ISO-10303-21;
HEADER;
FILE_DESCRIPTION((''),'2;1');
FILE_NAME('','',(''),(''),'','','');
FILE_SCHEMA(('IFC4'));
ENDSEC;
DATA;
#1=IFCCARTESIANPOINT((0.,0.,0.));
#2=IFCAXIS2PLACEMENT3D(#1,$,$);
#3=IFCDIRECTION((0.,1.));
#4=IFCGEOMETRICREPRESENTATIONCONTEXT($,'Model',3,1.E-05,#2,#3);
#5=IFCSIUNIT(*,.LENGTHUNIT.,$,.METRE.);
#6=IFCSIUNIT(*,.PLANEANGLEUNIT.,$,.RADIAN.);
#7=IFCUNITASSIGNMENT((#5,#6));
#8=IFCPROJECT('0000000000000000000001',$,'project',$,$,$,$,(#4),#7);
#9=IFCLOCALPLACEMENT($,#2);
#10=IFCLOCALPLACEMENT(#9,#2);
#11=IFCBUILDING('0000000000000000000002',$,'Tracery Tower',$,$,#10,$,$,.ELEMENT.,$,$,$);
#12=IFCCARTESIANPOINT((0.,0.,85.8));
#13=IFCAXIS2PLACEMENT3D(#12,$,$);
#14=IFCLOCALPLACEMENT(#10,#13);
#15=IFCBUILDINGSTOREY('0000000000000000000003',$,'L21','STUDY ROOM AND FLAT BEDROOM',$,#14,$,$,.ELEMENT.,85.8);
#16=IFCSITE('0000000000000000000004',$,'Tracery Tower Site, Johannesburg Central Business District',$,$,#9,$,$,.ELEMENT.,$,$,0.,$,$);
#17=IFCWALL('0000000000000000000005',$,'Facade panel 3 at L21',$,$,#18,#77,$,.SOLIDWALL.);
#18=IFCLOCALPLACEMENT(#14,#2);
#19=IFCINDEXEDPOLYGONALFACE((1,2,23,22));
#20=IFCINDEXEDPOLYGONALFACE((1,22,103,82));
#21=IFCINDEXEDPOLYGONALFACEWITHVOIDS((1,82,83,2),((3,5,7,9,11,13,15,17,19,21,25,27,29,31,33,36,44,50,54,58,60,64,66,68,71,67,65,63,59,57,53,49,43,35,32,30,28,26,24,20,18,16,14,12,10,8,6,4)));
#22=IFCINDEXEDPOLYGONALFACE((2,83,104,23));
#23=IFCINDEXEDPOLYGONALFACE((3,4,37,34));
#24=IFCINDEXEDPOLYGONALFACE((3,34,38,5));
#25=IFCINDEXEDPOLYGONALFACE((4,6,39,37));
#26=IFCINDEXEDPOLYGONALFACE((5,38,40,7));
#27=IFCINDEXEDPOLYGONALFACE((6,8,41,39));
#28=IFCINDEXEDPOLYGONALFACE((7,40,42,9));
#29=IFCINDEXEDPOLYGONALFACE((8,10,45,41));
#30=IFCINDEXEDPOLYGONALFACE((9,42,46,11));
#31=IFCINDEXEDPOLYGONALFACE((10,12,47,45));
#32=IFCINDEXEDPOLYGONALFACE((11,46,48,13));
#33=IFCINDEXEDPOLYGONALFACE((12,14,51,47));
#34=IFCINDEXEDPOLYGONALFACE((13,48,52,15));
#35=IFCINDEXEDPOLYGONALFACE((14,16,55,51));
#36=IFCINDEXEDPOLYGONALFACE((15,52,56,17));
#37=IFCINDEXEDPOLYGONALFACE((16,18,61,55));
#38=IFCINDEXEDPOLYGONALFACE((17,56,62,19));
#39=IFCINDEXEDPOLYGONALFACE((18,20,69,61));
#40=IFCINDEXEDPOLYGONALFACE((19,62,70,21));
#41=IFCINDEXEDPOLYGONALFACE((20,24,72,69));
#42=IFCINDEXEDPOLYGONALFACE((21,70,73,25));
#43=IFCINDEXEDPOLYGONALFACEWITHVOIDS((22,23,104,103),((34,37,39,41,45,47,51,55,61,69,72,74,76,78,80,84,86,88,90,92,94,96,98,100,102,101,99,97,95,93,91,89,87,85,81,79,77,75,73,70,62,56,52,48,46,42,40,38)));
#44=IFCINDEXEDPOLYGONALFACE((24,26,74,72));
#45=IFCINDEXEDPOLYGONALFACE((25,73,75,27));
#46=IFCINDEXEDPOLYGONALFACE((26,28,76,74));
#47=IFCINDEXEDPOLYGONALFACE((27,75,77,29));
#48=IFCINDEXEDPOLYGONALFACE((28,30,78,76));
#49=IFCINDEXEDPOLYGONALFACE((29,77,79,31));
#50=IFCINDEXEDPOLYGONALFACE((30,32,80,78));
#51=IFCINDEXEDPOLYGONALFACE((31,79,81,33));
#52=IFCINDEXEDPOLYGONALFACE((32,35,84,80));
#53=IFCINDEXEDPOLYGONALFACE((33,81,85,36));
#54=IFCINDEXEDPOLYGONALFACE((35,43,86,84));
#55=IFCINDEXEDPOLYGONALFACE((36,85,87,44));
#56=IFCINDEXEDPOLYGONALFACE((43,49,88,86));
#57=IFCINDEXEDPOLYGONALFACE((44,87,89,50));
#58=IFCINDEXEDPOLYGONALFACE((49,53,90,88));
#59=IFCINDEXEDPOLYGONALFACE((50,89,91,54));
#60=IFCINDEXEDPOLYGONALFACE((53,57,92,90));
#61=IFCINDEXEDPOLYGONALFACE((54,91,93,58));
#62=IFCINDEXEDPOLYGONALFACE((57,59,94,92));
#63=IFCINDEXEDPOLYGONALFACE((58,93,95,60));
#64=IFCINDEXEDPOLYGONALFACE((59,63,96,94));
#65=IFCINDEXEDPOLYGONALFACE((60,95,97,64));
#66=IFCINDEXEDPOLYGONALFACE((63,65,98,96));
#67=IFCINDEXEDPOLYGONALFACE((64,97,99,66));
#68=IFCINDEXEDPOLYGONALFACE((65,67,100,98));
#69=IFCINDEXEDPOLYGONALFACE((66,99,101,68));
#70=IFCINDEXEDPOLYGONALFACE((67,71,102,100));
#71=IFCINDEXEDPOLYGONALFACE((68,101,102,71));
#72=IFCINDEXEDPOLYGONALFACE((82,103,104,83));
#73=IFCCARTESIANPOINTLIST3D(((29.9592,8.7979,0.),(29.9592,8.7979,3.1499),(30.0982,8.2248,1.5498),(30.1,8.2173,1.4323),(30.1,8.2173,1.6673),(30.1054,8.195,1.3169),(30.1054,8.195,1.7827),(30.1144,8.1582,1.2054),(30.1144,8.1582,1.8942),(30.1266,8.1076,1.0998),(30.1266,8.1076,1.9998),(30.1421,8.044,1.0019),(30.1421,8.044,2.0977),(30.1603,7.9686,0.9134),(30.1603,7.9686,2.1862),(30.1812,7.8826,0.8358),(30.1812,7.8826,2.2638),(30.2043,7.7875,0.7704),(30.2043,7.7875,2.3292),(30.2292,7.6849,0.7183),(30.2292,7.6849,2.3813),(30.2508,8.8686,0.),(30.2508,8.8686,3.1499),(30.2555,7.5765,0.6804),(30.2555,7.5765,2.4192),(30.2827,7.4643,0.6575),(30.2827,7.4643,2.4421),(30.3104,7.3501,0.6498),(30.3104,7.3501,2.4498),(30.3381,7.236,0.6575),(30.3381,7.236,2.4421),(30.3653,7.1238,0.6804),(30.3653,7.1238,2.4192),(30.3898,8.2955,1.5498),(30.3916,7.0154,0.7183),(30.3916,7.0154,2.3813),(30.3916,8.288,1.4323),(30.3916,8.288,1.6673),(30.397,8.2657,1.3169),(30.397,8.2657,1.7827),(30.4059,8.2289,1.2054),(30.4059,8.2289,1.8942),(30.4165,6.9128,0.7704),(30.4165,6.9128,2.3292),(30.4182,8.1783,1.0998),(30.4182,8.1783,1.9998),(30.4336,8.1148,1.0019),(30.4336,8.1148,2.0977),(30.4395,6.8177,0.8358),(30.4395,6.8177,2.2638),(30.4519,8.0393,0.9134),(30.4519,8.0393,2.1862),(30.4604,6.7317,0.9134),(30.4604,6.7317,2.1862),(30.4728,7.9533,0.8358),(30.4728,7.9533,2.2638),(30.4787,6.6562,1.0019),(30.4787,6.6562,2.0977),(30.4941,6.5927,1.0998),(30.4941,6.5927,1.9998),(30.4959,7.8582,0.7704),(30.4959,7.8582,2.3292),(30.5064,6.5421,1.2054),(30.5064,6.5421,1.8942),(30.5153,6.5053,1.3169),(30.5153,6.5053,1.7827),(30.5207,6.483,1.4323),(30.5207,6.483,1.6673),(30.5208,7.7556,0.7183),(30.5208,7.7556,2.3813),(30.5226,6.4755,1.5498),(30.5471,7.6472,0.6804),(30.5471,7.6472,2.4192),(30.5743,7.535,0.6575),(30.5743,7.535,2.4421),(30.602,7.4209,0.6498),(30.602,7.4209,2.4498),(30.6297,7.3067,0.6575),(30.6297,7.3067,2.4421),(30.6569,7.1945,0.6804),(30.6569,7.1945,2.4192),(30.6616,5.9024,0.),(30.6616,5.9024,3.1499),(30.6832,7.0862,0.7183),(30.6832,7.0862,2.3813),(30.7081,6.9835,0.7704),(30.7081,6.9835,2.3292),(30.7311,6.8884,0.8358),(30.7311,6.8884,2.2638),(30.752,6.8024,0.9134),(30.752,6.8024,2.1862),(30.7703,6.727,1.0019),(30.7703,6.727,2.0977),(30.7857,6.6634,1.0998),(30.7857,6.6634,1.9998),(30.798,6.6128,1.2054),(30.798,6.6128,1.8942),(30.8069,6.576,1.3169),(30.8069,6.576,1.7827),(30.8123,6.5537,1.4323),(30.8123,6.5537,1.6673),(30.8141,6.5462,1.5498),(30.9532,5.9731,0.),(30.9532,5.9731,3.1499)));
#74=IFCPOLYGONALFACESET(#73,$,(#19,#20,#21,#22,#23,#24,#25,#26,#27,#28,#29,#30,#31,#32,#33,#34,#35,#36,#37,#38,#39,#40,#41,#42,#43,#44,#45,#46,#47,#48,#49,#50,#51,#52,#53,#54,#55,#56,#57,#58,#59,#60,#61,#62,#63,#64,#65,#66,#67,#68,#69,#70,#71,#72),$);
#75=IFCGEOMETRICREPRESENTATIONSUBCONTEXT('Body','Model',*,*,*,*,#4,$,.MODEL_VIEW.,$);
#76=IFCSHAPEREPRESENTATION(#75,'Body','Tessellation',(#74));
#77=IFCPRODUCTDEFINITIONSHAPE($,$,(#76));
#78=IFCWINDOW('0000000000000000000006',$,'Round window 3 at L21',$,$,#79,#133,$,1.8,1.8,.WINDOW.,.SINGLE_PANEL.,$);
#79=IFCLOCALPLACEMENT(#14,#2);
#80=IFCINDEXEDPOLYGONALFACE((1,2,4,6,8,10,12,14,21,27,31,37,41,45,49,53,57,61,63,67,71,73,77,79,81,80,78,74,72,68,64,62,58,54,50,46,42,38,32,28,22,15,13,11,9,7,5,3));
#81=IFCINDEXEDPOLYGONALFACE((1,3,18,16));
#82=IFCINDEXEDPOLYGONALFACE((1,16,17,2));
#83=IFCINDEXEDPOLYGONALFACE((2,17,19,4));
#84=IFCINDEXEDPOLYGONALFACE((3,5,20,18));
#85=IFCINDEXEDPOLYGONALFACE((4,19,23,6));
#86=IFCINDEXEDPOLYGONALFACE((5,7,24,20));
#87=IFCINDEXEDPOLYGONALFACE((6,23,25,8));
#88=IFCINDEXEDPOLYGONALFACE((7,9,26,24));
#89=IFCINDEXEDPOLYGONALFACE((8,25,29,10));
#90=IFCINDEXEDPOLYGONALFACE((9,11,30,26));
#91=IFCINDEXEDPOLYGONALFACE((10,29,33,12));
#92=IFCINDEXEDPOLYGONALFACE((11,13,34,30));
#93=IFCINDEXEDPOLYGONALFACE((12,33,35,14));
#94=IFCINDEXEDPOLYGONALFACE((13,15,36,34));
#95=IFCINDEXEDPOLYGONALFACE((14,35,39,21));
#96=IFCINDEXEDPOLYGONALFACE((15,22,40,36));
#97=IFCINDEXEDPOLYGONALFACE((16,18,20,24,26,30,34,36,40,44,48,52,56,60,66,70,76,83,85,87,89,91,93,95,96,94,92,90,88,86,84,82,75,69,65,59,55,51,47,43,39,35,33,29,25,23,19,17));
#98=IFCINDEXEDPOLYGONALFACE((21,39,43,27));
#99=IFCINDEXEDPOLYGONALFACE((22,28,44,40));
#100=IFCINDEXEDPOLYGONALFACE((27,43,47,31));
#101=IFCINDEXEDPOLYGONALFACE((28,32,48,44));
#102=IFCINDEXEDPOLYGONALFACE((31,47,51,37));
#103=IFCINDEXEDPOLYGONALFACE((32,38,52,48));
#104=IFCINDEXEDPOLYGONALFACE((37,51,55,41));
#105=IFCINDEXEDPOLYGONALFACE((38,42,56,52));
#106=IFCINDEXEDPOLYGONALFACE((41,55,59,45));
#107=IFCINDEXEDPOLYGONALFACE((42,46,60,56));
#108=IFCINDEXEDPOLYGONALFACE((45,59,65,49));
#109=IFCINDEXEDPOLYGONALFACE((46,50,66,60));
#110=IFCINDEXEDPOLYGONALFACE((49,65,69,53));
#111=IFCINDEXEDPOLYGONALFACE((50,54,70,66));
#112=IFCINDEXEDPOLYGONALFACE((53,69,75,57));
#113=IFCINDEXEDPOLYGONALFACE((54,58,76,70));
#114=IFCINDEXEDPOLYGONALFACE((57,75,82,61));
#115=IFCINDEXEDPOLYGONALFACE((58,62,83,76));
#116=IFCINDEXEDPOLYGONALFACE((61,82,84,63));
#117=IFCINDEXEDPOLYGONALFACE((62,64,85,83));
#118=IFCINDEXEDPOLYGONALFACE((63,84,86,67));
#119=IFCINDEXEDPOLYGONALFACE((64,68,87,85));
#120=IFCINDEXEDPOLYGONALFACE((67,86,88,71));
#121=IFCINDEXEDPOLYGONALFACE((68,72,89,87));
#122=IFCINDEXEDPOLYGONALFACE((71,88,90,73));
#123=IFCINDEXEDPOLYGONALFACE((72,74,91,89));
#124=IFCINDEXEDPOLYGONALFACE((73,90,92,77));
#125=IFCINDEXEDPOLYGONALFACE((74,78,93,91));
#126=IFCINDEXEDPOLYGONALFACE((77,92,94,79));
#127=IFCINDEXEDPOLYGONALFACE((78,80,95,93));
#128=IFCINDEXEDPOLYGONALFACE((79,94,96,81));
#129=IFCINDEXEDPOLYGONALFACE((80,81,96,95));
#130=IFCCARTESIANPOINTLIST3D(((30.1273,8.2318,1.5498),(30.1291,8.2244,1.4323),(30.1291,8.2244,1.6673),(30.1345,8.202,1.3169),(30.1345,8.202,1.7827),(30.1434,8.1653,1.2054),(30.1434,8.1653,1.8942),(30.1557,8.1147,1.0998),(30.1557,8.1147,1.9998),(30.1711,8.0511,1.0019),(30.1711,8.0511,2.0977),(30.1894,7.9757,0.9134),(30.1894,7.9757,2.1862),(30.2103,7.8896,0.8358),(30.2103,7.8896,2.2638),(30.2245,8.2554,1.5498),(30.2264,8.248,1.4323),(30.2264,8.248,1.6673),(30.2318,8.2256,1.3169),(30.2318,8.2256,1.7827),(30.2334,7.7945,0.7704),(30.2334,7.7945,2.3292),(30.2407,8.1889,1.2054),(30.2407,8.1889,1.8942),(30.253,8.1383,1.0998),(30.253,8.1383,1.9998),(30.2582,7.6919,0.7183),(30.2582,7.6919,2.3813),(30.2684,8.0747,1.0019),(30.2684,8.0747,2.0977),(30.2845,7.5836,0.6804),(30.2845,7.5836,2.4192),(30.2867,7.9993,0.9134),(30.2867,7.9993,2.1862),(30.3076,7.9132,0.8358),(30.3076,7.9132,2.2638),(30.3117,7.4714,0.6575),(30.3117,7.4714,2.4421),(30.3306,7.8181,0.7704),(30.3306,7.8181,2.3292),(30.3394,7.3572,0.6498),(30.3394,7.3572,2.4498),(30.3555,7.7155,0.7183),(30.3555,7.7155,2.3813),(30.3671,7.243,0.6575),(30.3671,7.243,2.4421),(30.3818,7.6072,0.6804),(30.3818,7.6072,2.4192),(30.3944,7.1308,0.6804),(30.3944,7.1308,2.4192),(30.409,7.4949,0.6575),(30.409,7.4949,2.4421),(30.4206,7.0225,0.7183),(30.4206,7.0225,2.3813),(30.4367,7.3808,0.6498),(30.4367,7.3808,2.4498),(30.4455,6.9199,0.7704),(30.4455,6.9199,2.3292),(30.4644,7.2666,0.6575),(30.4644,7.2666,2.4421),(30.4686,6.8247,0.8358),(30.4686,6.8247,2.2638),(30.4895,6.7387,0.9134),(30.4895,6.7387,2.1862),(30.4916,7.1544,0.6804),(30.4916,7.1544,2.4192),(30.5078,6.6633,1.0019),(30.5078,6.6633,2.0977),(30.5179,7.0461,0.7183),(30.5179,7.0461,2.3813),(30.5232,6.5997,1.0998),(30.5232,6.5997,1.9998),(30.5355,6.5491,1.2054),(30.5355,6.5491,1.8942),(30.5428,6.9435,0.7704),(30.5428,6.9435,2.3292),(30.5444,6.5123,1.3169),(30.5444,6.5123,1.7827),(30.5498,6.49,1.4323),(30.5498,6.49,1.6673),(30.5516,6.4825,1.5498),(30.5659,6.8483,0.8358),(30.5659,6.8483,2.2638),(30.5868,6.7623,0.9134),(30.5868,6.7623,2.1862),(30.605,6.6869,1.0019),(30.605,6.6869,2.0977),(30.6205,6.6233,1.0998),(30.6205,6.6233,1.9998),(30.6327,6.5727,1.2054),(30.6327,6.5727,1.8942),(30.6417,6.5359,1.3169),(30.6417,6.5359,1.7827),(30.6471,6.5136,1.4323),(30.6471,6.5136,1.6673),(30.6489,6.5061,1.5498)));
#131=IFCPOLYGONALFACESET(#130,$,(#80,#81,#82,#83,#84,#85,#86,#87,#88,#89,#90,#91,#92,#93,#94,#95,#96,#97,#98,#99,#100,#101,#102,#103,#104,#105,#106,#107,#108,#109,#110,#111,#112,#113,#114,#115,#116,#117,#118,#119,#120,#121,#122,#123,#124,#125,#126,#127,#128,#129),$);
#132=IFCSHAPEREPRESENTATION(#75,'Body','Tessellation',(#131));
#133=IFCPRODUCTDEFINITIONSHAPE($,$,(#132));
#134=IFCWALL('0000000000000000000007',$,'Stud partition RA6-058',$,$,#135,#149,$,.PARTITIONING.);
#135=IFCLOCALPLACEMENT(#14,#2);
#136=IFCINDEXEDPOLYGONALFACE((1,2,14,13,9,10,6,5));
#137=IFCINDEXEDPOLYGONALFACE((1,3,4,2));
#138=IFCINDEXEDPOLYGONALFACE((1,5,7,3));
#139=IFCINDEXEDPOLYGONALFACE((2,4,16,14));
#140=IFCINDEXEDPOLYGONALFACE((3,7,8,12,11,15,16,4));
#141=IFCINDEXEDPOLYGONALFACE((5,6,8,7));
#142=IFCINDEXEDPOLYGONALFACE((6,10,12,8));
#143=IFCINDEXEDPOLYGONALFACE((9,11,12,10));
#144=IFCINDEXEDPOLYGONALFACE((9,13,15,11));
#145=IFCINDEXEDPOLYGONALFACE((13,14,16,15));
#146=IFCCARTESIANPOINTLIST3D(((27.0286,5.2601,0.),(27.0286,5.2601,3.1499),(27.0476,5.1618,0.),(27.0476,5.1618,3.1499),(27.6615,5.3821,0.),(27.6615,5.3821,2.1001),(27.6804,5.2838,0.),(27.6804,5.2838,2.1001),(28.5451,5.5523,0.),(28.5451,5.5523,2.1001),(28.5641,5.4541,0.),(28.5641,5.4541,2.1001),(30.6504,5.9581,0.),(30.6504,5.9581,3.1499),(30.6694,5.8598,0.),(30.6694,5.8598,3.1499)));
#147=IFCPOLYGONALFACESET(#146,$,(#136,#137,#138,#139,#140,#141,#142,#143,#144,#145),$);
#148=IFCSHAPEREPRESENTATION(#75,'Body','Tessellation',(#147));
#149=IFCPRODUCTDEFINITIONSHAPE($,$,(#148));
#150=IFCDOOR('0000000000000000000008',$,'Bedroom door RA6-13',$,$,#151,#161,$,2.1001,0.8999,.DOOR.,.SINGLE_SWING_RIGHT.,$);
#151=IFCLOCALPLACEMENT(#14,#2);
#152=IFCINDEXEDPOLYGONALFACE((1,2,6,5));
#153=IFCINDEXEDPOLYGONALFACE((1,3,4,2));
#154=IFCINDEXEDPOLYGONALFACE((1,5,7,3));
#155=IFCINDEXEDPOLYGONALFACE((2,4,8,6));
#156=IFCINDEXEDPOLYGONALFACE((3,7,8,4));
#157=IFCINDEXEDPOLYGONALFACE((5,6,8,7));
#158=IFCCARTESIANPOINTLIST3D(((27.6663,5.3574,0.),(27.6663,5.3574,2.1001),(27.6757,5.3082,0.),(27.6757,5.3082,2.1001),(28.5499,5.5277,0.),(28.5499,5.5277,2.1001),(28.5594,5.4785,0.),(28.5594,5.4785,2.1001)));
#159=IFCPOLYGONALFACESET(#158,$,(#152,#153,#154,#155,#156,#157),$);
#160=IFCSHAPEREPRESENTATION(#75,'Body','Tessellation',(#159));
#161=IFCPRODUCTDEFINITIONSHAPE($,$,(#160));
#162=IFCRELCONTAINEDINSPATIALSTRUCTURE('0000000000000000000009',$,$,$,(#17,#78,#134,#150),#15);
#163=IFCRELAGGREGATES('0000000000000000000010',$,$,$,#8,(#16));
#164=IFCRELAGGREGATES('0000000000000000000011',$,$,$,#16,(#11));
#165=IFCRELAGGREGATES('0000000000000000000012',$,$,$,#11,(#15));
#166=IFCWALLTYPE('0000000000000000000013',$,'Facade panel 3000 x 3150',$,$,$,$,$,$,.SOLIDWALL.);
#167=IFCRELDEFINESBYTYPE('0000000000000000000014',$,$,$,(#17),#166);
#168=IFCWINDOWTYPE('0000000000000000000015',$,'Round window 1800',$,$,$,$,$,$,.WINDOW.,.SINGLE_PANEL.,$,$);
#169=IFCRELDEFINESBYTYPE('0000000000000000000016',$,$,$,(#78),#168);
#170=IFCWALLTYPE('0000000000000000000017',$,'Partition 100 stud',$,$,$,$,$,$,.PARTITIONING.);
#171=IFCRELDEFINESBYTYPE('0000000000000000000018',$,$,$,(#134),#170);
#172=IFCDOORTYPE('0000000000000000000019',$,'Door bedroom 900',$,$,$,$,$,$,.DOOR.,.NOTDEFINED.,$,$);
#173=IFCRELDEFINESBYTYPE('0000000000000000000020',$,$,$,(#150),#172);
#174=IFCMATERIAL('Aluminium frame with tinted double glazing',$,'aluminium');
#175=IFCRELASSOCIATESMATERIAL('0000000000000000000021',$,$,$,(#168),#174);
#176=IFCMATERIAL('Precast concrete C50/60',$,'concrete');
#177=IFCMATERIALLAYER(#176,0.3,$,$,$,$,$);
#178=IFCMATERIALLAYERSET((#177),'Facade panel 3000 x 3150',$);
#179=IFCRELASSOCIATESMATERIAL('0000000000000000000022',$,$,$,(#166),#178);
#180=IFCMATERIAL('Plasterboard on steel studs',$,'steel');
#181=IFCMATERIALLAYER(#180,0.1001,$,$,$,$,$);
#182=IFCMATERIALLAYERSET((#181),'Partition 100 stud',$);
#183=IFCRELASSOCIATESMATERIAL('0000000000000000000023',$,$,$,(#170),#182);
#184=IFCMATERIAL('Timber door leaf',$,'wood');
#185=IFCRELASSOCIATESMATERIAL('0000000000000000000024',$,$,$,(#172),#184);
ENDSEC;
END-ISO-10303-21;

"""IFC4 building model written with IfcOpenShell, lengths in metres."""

from ifc_helpers import new_model, si_unit, direction, frame, frame_2d, origin, origin_2d, place, context, subcontext, project, spatial, rectangle, circle, extrude, material, layer, layer_set, type_object, element, fill, save


model = new_model("IFC4")

# Units and contexts
model_context = context("Model", 3, precision=1e-05, world=origin(), true_north=direction((0.0, 1.0)))
body_context = subcontext(model_context, "Body", "Model", "MODEL_VIEW")
ifc_project = project(units=[si_unit("LENGTHUNIT", "METRE"), si_unit("PLANEANGLEUNIT", "RADIAN")], contexts=[model_context])

# Site, building, storey
site_placement = place(None, origin())
site = spatial("IfcSite", under=ifc_project, at=site_placement, Name="Tracery Tower Site, Johannesburg Central Business District", CompositionType="ELEMENT", RefElevation=0.0)
building_placement = place(site_placement, origin())
building = spatial("IfcBuilding", under=site, at=building_placement, Name="Tracery Tower", CompositionType="ELEMENT")
storey_placement = place(building_placement, frame((0.0, 0.0, 85.8)))
storey = spatial("IfcBuildingStorey", under=building, at=storey_placement, Name="L21", Description="STUDY ROOM AND FLAT BEDROOM", CompositionType="ELEMENT", Elevation=85.8)

# Wall, opening, window
ifc_material_1 = material(Name="Aluminium frame with tinted double glazing", Category="aluminium")
window_type = type_object("IfcWindowType", Name="Round window 1800", PartitioningType="SINGLE_PANEL", PredefinedType="WINDOW", material=ifc_material_1)
ifc_material_2 = material(Name="Precast concrete C50/60", Category="concrete")
ifc_layer_1 = layer(ifc_material_2, 0.3)
ifc_layer_set_1 = layer_set([ifc_layer_1], Name="Facade panel 3000 x 3150")
wall_type_1 = type_object("IfcWallType", Name="Facade panel 3000 x 3150", PredefinedType="SOLIDWALL", material=ifc_layer_set_1)
wall_1_placement = place(storey_placement, frame((30.8074, 5.9377, 0.0), z_axis=(0.0, 0.0, 1.0), x_axis=(-0.235743, 0.971815, 0.0)))
wall_1 = element("IfcWall", 1, at=wall_1_placement, inside=storey, type_object=wall_type_1, Name="Facade panel 3 at L21", PredefinedType="SOLIDWALL", context=body_context, shape_type="SweptSolid", body=[
    extrude(rectangle(XDim=2.9795, YDim=0.3, at=frame_2d((1.4897, 0.0))), origin(), (0.0, 0.0, 1.0), 3.1499),
])
opening_1_placement = place(wall_1_placement, frame((1.4897, 0.0, 1.5498)))
opening_1 = element("IfcOpeningElement", 2, at=opening_1_placement, cuts=wall_1, PredefinedType="OPENING", context=body_context, shape_type="SweptSolid", body=[
    extrude(circle(Radius=0.9, at=origin_2d()), frame((0.0, 0.1599, 0.0), z_axis=(0.0, -1.0, 0.0), x_axis=(1.0, 0.0, 0.0)), (0.0, 0.0, 1.0), 0.3201),
])
window_1_placement = place(opening_1_placement, origin())
window_1 = element("IfcWindow", 3, at=window_1_placement, inside=storey, type_object=window_type, Name="Round window 3 at L21", OverallHeight=1.8, OverallWidth=1.8, PartitioningType="SINGLE_PANEL", PredefinedType="WINDOW", context=body_context, shape_type="SweptSolid", body=[
    extrude(circle(Radius=0.9, at=origin_2d()), frame((0.0, 0.1201, 0.0), z_axis=(0.0, -1.0, 0.0), x_axis=(1.0, 0.0, 0.0)), (0.0, 0.0, 1.0), 0.1001),
])
fill(opening_1, window_1)

# Wall, opening, door
ifc_material_3 = material(Name="Plasterboard on steel studs", Category="steel")
ifc_layer_2 = layer(ifc_material_3, 0.1001)
ifc_layer_set_2 = layer_set([ifc_layer_2], Name="Partition 100 stud")
wall_type_2 = type_object("IfcWallType", Name="Partition 100 stud", PredefinedType="PARTITIONING", material=ifc_layer_set_2)
wall_2_placement = place(storey_placement, frame((27.0381, 5.2109, 0.0), z_axis=(0.0, 0.0, 1.0), x_axis=(0.981931, 0.189238, 0.0)))
wall_2 = element("IfcWall", 4, at=wall_2_placement, inside=storey, type_object=wall_type_2, Name="Stud partition RA6-058", PredefinedType="PARTITIONING", context=body_context, shape_type="SweptSolid", body=[
    extrude(rectangle(XDim=3.6885, YDim=0.1001, at=frame_2d((1.8442, 0.0))), origin(), (0.0, 0.0, 1.0), 3.1499),
])
opening_2_placement = place(wall_2_placement, frame((0.6445, 0.0, 0.0)))
opening_2 = element("IfcOpeningElement", 5, at=opening_2_placement, cuts=wall_2, PredefinedType="OPENING", context=body_context, shape_type="SweptSolid", body=[
    extrude(rectangle(XDim=0.8999, YDim=2.1001, at=frame_2d((0.45, 1.05))), frame((0.0, 0.05, 0.0), z_axis=(0.0, -1.0, 0.0), x_axis=(1.0, 0.0, 0.0)), (0.0, 0.0, 1.0), 0.1001),
])
ifc_material_4 = material(Name="Timber door leaf", Category="wood")
door_type_1 = type_object("IfcDoorType", Name="Door bedroom 900", OperationType="NOTDEFINED", PredefinedType="DOOR", material=ifc_material_4)
door_1_placement = place(opening_2_placement, origin())
door_1 = element("IfcDoor", 6, at=door_1_placement, inside=storey, type_object=door_type_1, Name="Bedroom door RA6-13", OperationType="SINGLE_SWING_RIGHT", OverallHeight=2.1001, OverallWidth=0.8999, PredefinedType="DOOR", context=body_context, shape_type="SweptSolid", body=[
    extrude(rectangle(XDim=0.8999, YDim=2.1001, at=frame_2d((0.45, 1.05))), frame((0.0, 0.0249, 0.0), z_axis=(0.0, -1.0, 0.0), x_axis=(1.0, 0.0, 0.0)), (0.0, 0.0, 1.0), 0.05),
])
fill(opening_2, door_1)

save(model, "model.ifc")
